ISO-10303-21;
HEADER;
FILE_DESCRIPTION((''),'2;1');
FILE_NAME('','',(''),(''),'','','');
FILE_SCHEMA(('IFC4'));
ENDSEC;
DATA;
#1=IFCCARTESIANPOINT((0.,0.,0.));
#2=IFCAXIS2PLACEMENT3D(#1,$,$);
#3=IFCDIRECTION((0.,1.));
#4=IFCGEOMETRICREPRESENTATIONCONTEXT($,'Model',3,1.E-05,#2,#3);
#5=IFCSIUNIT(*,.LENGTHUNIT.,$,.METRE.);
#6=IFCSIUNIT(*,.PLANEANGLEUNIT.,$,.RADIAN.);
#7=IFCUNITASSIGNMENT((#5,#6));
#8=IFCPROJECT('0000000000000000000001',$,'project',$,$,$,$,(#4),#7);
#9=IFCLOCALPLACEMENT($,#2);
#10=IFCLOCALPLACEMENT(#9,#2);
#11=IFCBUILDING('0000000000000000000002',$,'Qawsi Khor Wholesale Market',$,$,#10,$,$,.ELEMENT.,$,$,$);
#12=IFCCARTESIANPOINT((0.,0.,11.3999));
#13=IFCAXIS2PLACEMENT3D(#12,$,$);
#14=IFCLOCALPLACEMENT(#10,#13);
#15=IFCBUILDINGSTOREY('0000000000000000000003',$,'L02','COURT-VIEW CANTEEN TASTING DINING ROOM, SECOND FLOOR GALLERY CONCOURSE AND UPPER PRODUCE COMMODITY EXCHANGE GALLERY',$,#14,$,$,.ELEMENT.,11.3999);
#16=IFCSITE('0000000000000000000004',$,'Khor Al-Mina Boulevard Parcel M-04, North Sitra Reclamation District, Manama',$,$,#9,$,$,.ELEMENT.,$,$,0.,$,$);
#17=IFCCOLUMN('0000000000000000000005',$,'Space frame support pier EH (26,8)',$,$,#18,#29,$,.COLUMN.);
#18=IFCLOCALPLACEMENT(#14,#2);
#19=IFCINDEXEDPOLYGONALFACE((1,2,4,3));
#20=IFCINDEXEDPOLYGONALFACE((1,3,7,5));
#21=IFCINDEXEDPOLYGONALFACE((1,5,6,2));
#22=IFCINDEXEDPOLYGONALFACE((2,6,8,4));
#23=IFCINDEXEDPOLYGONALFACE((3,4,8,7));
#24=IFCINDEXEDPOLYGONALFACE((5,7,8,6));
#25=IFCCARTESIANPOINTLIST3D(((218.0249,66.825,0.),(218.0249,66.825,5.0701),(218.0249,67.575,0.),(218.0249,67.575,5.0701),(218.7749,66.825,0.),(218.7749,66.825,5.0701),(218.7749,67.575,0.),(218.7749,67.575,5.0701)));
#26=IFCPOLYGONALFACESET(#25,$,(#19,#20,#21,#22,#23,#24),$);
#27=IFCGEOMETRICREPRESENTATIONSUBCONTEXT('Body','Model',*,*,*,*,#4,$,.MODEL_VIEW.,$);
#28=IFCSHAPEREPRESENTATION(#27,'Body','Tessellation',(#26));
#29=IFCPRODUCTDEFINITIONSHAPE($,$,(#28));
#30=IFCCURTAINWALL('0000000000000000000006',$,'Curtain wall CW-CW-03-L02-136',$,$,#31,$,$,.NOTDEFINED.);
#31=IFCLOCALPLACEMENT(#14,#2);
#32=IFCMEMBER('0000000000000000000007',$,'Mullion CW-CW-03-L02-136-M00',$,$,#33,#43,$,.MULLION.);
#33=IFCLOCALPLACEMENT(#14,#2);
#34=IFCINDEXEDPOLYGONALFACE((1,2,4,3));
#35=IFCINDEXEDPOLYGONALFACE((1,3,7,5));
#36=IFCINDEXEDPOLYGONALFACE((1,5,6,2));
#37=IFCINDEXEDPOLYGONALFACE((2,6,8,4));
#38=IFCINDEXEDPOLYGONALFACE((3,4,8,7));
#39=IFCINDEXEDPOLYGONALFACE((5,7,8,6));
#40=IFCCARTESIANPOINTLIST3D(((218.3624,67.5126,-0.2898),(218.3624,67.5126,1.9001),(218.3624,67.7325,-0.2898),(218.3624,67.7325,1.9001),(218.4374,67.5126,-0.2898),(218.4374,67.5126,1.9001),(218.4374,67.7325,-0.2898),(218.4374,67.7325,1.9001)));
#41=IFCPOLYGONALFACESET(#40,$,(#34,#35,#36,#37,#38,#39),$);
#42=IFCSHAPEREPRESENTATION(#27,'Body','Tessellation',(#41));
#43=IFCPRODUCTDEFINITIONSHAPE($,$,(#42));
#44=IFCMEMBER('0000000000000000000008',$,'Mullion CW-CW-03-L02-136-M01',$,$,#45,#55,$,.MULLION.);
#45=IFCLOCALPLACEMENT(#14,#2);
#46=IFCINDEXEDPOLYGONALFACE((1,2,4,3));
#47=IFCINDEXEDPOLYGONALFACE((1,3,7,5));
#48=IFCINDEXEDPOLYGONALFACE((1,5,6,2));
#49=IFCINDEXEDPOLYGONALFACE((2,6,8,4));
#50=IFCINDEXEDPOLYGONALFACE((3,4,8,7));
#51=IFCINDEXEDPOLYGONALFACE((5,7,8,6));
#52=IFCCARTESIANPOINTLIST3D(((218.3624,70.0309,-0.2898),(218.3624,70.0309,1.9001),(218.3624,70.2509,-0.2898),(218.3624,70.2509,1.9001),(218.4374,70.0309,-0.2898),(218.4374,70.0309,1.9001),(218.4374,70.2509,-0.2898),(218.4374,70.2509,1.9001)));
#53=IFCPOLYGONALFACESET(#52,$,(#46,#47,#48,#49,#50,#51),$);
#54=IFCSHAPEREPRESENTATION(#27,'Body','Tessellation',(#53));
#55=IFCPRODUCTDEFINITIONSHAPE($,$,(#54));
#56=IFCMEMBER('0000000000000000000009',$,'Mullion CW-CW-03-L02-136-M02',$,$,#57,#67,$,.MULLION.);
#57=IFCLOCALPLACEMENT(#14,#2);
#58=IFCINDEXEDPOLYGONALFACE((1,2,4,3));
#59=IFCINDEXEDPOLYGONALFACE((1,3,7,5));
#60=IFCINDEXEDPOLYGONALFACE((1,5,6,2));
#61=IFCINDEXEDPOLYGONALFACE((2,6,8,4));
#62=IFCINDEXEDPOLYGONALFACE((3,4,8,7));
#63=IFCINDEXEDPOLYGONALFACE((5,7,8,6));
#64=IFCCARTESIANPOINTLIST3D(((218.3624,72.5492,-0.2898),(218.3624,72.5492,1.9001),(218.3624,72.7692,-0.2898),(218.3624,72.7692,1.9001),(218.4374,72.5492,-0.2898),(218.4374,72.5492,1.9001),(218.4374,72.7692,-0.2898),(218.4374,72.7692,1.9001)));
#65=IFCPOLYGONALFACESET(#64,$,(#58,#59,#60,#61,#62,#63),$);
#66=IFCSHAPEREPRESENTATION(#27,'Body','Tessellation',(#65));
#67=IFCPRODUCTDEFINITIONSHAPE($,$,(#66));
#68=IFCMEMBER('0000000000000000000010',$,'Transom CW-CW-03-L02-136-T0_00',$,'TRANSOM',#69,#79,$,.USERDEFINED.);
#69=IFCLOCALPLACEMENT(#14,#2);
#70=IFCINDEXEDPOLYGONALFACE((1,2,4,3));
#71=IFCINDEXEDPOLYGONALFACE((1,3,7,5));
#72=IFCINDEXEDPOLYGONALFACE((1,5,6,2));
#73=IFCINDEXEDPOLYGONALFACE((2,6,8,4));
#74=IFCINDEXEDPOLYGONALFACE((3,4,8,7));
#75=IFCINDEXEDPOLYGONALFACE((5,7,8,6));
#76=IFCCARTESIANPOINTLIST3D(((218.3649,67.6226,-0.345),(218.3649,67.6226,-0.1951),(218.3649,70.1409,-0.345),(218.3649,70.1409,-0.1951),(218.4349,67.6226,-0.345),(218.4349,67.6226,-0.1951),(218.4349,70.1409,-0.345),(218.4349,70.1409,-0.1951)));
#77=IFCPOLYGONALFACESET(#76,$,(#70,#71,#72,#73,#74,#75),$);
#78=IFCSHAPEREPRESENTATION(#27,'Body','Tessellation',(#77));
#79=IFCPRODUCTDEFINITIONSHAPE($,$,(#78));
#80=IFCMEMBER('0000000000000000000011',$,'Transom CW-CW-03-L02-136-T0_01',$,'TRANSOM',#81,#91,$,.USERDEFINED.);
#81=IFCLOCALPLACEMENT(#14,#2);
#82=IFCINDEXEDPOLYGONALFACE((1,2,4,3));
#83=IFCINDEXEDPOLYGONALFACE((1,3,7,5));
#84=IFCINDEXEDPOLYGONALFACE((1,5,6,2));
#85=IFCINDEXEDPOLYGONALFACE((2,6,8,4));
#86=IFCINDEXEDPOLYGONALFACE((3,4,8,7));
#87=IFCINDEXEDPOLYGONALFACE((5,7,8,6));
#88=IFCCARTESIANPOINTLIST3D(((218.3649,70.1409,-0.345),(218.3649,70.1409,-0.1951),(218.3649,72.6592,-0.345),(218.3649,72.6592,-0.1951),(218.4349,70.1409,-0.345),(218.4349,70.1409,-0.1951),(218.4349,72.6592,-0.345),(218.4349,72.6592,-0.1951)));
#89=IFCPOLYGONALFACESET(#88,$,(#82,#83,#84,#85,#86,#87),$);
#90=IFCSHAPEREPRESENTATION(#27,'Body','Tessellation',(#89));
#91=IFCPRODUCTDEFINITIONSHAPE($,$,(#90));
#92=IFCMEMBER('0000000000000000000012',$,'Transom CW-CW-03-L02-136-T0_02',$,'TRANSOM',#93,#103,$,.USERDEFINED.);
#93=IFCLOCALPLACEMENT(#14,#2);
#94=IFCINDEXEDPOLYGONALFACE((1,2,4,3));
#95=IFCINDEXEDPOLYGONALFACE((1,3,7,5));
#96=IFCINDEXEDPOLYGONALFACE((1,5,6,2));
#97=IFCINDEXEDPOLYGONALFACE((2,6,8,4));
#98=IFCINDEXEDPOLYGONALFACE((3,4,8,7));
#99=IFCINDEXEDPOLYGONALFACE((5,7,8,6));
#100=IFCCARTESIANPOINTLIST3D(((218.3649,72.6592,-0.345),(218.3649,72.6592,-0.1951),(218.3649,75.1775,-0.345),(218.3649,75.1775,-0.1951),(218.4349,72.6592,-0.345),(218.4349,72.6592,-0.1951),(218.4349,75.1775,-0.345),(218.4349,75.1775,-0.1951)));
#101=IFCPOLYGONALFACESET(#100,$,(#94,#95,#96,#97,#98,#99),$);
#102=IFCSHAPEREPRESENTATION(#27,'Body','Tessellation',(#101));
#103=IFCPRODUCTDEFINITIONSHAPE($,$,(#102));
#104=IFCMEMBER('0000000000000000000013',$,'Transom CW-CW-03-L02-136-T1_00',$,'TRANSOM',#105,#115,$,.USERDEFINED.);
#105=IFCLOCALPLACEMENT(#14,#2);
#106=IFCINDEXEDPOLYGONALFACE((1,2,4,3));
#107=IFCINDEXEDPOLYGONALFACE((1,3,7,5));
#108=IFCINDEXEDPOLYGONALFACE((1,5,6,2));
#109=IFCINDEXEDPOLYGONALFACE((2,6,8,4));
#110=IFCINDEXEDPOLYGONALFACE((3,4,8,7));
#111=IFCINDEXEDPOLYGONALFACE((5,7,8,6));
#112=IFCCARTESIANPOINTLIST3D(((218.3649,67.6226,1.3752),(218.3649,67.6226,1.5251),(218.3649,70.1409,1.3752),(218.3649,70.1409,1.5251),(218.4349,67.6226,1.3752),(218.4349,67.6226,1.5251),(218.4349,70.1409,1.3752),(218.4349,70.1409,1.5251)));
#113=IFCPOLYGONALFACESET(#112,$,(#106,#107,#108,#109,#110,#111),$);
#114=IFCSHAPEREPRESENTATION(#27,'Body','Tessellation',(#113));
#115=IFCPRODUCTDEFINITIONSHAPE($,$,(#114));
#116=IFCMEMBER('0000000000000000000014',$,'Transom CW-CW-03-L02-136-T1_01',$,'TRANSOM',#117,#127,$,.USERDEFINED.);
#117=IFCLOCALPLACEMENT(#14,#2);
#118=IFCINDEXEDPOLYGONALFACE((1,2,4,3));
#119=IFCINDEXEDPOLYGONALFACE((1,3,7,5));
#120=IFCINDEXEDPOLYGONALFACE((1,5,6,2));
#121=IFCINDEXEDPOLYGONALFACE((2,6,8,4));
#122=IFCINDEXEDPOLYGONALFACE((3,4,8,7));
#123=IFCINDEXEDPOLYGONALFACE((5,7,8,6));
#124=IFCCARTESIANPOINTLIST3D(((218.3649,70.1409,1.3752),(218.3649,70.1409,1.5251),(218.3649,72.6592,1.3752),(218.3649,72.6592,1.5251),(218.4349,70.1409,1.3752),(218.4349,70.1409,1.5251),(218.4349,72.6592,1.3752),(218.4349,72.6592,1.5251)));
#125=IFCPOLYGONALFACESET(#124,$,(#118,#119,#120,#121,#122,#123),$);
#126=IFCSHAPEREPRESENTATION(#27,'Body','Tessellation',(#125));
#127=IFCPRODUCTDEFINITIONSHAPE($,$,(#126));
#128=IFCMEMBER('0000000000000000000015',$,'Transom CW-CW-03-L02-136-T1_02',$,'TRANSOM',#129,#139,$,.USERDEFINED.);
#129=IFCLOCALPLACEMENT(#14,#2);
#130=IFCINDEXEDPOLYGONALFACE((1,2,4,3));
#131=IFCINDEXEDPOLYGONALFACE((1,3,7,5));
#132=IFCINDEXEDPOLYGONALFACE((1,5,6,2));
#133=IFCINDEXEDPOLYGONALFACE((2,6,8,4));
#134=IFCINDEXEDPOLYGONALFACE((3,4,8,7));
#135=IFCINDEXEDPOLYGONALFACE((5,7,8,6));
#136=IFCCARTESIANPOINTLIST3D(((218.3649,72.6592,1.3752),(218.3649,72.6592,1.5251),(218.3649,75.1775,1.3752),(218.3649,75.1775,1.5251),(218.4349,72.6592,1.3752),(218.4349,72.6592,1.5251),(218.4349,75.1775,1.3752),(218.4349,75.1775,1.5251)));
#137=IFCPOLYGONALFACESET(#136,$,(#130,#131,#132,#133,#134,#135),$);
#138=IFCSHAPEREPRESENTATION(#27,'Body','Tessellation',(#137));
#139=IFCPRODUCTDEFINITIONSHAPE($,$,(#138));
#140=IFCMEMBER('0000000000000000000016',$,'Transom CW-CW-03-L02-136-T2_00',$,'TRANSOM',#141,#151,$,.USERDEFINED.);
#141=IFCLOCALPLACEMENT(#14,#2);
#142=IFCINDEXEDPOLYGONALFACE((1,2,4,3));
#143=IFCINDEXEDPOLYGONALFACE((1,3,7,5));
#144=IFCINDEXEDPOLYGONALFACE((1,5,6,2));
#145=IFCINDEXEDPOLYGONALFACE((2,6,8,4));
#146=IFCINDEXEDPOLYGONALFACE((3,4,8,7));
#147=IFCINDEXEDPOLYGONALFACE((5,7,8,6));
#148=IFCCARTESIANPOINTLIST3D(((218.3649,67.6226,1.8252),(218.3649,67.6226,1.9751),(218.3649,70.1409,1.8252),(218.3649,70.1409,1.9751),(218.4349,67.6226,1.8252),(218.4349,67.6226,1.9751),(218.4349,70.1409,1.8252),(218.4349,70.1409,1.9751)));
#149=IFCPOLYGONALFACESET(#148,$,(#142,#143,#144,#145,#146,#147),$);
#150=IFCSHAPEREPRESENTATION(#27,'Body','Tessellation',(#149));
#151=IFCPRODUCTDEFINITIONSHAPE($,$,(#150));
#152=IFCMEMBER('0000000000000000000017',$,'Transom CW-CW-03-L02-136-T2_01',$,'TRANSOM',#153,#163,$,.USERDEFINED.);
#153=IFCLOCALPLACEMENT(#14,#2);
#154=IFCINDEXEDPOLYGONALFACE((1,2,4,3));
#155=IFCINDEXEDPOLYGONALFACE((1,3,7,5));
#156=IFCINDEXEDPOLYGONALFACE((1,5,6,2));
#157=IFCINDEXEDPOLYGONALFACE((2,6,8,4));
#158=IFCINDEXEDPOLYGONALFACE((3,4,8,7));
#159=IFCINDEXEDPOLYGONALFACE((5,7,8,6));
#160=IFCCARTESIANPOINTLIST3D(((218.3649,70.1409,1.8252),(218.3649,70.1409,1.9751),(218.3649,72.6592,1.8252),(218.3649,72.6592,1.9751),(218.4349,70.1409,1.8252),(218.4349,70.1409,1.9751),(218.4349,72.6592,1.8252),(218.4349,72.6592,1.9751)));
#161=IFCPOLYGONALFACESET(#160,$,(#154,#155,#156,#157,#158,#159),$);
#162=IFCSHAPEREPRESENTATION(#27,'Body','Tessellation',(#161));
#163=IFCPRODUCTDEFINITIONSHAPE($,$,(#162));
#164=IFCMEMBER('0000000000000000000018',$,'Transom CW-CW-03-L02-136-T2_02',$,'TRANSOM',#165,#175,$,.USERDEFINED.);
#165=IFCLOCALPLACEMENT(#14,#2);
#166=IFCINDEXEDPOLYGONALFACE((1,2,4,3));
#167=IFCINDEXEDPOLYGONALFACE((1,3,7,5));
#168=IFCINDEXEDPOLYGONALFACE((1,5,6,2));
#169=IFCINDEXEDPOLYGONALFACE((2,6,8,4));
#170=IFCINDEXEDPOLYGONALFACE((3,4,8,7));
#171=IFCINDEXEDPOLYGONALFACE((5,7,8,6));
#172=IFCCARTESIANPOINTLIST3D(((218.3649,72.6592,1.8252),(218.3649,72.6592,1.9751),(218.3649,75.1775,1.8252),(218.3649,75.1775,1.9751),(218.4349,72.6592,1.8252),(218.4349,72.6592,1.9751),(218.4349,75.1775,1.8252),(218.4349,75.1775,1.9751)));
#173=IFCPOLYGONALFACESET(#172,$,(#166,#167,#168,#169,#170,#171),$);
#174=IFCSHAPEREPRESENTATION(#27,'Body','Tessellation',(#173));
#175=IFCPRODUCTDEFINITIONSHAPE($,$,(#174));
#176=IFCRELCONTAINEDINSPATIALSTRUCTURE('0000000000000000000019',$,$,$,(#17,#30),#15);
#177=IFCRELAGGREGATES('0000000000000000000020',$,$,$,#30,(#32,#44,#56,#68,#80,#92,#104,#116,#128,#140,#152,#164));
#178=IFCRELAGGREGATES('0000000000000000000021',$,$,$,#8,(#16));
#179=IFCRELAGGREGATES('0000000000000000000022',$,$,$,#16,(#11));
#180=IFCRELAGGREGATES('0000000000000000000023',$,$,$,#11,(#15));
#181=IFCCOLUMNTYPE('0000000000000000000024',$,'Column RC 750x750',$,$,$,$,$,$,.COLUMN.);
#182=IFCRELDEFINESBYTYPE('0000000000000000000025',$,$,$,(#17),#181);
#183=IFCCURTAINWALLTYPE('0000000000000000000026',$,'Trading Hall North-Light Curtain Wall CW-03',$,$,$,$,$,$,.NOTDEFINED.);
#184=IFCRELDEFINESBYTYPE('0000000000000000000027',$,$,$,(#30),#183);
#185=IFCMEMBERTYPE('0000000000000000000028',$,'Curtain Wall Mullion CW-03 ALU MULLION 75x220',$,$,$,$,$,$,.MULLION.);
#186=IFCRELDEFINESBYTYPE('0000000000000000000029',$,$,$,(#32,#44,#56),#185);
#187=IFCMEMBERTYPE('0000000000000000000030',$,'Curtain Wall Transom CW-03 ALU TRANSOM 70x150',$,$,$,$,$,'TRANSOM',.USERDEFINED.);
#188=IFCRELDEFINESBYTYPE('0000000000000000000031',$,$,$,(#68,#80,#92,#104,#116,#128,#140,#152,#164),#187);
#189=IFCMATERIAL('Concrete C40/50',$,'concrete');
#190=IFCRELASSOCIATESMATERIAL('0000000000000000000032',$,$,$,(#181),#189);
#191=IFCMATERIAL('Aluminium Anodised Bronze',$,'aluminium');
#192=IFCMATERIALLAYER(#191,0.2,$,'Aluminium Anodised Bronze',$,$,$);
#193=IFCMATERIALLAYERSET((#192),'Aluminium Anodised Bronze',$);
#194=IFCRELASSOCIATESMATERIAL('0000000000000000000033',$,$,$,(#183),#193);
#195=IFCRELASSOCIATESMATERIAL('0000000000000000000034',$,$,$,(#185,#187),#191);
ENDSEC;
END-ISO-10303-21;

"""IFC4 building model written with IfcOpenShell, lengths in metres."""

from ifc_helpers import new_model, si_unit, direction, frame, origin, origin_2d, place, context, subcontext, project, spatial, rectangle, extrude, material, layer, layer_set, material_profile, profile_set, type_object, element, aggregate, save


model = new_model("IFC4")

# Units and contexts
model_context = context("Model", 3, precision=1e-05, world=origin(), true_north=direction((0.0, 1.0)))
body_context = subcontext(model_context, "Body", "Model", "MODEL_VIEW")
ifc_project = project(units=[si_unit("LENGTHUNIT", "METRE"), si_unit("PLANEANGLEUNIT", "RADIAN")], contexts=[model_context])

# Site, building, storey
site_placement = place(None, origin())
site = spatial("IfcSite", under=ifc_project, at=site_placement, Name="Khor Al-Mina Boulevard Parcel M-04, North Sitra Reclamation District, Manama", CompositionType="ELEMENT", RefElevation=0.0)
building_placement = place(site_placement, origin())
building = spatial("IfcBuilding", under=site, at=building_placement, Name="Qawsi Khor Wholesale Market", CompositionType="ELEMENT")
storey_placement = place(building_placement, frame((0.0, 0.0, 11.3999)))
storey = spatial("IfcBuildingStorey", under=building, at=storey_placement, Name="L02", Description="COURT-VIEW CANTEEN TASTING DINING ROOM, SECOND FLOOR GALLERY CONCOURSE AND UPPER PRODUCE COMMODITY EXCHANGE GALLERY", CompositionType="ELEMENT", Elevation=11.3999)

# Column
ifc_material_1 = material(Name="Concrete C40/50", Category="concrete")
ifc_material_profile_1 = material_profile(ifc_material_1, rectangle(XDim=0.75, YDim=0.75, at=origin_2d()), Name="RC 750x750")
ifc_profile_set_1 = profile_set([ifc_material_profile_1], Name="Concrete C40/50")
column_type = type_object("IfcColumnType", Name="Column RC 750x750", PredefinedType="COLUMN", material=ifc_profile_set_1)
column_placement = place(storey_placement, frame((218.3999, 67.2, 0.0), z_axis=(0.0, 0.0, 1.0), x_axis=(1.0, 0.0, 0.0)))
element("IfcColumn", 1, at=column_placement, inside=storey, type_object=column_type, Name="Space frame support pier EH (26,8)", PredefinedType="COLUMN", context=body_context, shape_type="SweptSolid", body=[
    extrude(rectangle(XDim=0.75, YDim=0.75, at=origin_2d()), origin(), (0.0, 0.0, 1.0), 5.0701),
])

# Curtain wall, members
ifc_material_2 = material(Name="Aluminium Anodised Bronze", Category="aluminium")
ifc_layer_1 = layer(ifc_material_2, 0.2, Name="Aluminium Anodised Bronze")
ifc_layer_set_1 = layer_set([ifc_layer_1], Name="Aluminium Anodised Bronze")
curtain_wall_type = type_object("IfcCurtainWallType", Name="Trading Hall North-Light Curtain Wall CW-03", PredefinedType="NOTDEFINED", material=ifc_layer_set_1)
curtain_wall_placement = place(storey_placement, origin())
curtain_wall = element("IfcCurtainWall", 2, at=curtain_wall_placement, inside=storey, type_object=curtain_wall_type, Name="Curtain wall CW-CW-03-L02-136", PredefinedType="NOTDEFINED")
ifc_material_profile_2 = material_profile(ifc_material_2, rectangle(XDim=0.075, YDim=0.22, at=origin_2d()), Name="ALU MULLION 75x220")
ifc_profile_set_2 = profile_set([ifc_material_profile_2], Name="Aluminium Anodised Bronze")
member_type_1 = type_object("IfcMemberType", Name="Curtain Wall Mullion CW-03 ALU MULLION 75x220", PredefinedType="MULLION", material=ifc_profile_set_2)
member_1_placement = place(storey_placement, frame((218.3999, 67.6226, -0.2898), z_axis=(0.0, 0.0, 1.0), x_axis=(1.0, 0.0, 0.0)))
member_1 = element("IfcMember", 3, at=member_1_placement, type_object=member_type_1, Name="Mullion CW-CW-03-L02-136-M00", PredefinedType="MULLION", context=body_context, shape_type="SweptSolid", body=[
    extrude(rectangle(XDim=0.075, YDim=0.22, at=origin_2d()), origin(), (0.0, 0.0, 1.0), 2.1899),
])
member_2_placement = place(storey_placement, frame((218.3999, 70.1409, -0.2898), z_axis=(0.0, 0.0, 1.0), x_axis=(1.0, 0.0, 0.0)))
member_2 = element("IfcMember", 4, at=member_2_placement, type_object=member_type_1, Name="Mullion CW-CW-03-L02-136-M01", PredefinedType="MULLION", context=body_context, shape_type="SweptSolid", body=[
    extrude(rectangle(XDim=0.075, YDim=0.22, at=origin_2d()), origin(), (0.0, 0.0, 1.0), 2.1899),
])
member_3_placement = place(storey_placement, frame((218.3999, 72.6592, -0.2898), z_axis=(0.0, 0.0, 1.0), x_axis=(1.0, 0.0, 0.0)))
member_3 = element("IfcMember", 5, at=member_3_placement, type_object=member_type_1, Name="Mullion CW-CW-03-L02-136-M02", PredefinedType="MULLION", context=body_context, shape_type="SweptSolid", body=[
    extrude(rectangle(XDim=0.075, YDim=0.22, at=origin_2d()), origin(), (0.0, 0.0, 1.0), 2.1899),
])
ifc_material_profile_3 = material_profile(ifc_material_2, rectangle(XDim=0.0701, YDim=0.1499, at=origin_2d()), Name="ALU TRANSOM 70x150")
ifc_profile_set_3 = profile_set([ifc_material_profile_3], Name="Aluminium Anodised Bronze")
member_type_2 = type_object("IfcMemberType", Name="Curtain Wall Transom CW-03 ALU TRANSOM 70x150", ElementType="TRANSOM", PredefinedType="USERDEFINED", material=ifc_profile_set_3)
member_4_placement = place(storey_placement, frame((218.3999, 67.6226, -0.27), z_axis=(0.0, 1.0, 0.0), x_axis=(-1.0, 0.0, 0.0)))
member_4 = element("IfcMember", 6, at=member_4_placement, type_object=member_type_2, Name="Transom CW-CW-03-L02-136-T0_00", ObjectType="TRANSOM", PredefinedType="USERDEFINED", context=body_context, shape_type="SweptSolid", body=[
    extrude(rectangle(XDim=0.0701, YDim=0.1499, at=origin_2d()), origin(), (0.0, 0.0, 1.0), 2.5183),
])
member_5_placement = place(storey_placement, frame((218.3999, 70.1409, -0.27), z_axis=(0.0, 1.0, 0.0), x_axis=(-1.0, 0.0, 0.0)))
member_5 = element("IfcMember", 7, at=member_5_placement, type_object=member_type_2, Name="Transom CW-CW-03-L02-136-T0_01", ObjectType="TRANSOM", PredefinedType="USERDEFINED", context=body_context, shape_type="SweptSolid", body=[
    extrude(rectangle(XDim=0.0701, YDim=0.1499, at=origin_2d()), origin(), (0.0, 0.0, 1.0), 2.5183),
])
member_6_placement = place(storey_placement, frame((218.3999, 72.6592, -0.27), z_axis=(0.0, 1.0, 0.0), x_axis=(-1.0, 0.0, 0.0)))
member_6 = element("IfcMember", 8, at=member_6_placement, type_object=member_type_2, Name="Transom CW-CW-03-L02-136-T0_02", ObjectType="TRANSOM", PredefinedType="USERDEFINED", context=body_context, shape_type="SweptSolid", body=[
    extrude(rectangle(XDim=0.0701, YDim=0.1499, at=origin_2d()), origin(), (0.0, 0.0, 1.0), 2.5183),
])
member_7_placement = place(storey_placement, frame((218.3999, 67.6226, 1.4502), z_axis=(0.0, 1.0, 0.0), x_axis=(-1.0, 0.0, 0.0)))
member_7 = element("IfcMember", 9, at=member_7_placement, type_object=member_type_2, Name="Transom CW-CW-03-L02-136-T1_00", ObjectType="TRANSOM", PredefinedType="USERDEFINED", context=body_context, shape_type="SweptSolid", body=[
    extrude(rectangle(XDim=0.0701, YDim=0.1499, at=origin_2d()), origin(), (0.0, 0.0, 1.0), 2.5183),
])
member_8_placement = place(storey_placement, frame((218.3999, 70.1409, 1.4502), z_axis=(0.0, 1.0, 0.0), x_axis=(-1.0, 0.0, 0.0)))
member_8 = element("IfcMember", 10, at=member_8_placement, type_object=member_type_2, Name="Transom CW-CW-03-L02-136-T1_01", ObjectType="TRANSOM", PredefinedType="USERDEFINED", context=body_context, shape_type="SweptSolid", body=[
    extrude(rectangle(XDim=0.0701, YDim=0.1499, at=origin_2d()), origin(), (0.0, 0.0, 1.0), 2.5183),
])
member_9_placement = place(storey_placement, frame((218.3999, 72.6592, 1.4502), z_axis=(0.0, 1.0, 0.0), x_axis=(-1.0, 0.0, 0.0)))
member_9 = element("IfcMember", 11, at=member_9_placement, type_object=member_type_2, Name="Transom CW-CW-03-L02-136-T1_02", ObjectType="TRANSOM", PredefinedType="USERDEFINED", context=body_context, shape_type="SweptSolid", body=[
    extrude(rectangle(XDim=0.0701, YDim=0.1499, at=origin_2d()), origin(), (0.0, 0.0, 1.0), 2.5183),
])
member_10_placement = place(storey_placement, frame((218.3999, 67.6226, 1.9001), z_axis=(0.0, 1.0, 0.0), x_axis=(-1.0, 0.0, 0.0)))
member_10 = element("IfcMember", 12, at=member_10_placement, type_object=member_type_2, Name="Transom CW-CW-03-L02-136-T2_00", ObjectType="TRANSOM", PredefinedType="USERDEFINED", context=body_context, shape_type="SweptSolid", body=[
    extrude(rectangle(XDim=0.0701, YDim=0.1499, at=origin_2d()), origin(), (0.0, 0.0, 1.0), 2.5183),
])
member_11_placement = place(storey_placement, frame((218.3999, 70.1409, 1.9001), z_axis=(0.0, 1.0, 0.0), x_axis=(-1.0, 0.0, 0.0)))
member_11 = element("IfcMember", 13, at=member_11_placement, type_object=member_type_2, Name="Transom CW-CW-03-L02-136-T2_01", ObjectType="TRANSOM", PredefinedType="USERDEFINED", context=body_context, shape_type="SweptSolid", body=[
    extrude(rectangle(XDim=0.0701, YDim=0.1499, at=origin_2d()), origin(), (0.0, 0.0, 1.0), 2.5183),
])
member_12_placement = place(storey_placement, frame((218.3999, 72.6592, 1.9001), z_axis=(0.0, 1.0, 0.0), x_axis=(-1.0, 0.0, 0.0)))
member_12 = element("IfcMember", 14, at=member_12_placement, type_object=member_type_2, Name="Transom CW-CW-03-L02-136-T2_02", ObjectType="TRANSOM", PredefinedType="USERDEFINED", context=body_context, shape_type="SweptSolid", body=[
    extrude(rectangle(XDim=0.0701, YDim=0.1499, at=origin_2d()), origin(), (0.0, 0.0, 1.0), 2.5183),
])

aggregate(curtain_wall, [member_1, member_2, member_3, member_4, member_5, member_6, member_7, member_8, member_9, member_10, member_11, member_12])

save(model, "model.ifc")
